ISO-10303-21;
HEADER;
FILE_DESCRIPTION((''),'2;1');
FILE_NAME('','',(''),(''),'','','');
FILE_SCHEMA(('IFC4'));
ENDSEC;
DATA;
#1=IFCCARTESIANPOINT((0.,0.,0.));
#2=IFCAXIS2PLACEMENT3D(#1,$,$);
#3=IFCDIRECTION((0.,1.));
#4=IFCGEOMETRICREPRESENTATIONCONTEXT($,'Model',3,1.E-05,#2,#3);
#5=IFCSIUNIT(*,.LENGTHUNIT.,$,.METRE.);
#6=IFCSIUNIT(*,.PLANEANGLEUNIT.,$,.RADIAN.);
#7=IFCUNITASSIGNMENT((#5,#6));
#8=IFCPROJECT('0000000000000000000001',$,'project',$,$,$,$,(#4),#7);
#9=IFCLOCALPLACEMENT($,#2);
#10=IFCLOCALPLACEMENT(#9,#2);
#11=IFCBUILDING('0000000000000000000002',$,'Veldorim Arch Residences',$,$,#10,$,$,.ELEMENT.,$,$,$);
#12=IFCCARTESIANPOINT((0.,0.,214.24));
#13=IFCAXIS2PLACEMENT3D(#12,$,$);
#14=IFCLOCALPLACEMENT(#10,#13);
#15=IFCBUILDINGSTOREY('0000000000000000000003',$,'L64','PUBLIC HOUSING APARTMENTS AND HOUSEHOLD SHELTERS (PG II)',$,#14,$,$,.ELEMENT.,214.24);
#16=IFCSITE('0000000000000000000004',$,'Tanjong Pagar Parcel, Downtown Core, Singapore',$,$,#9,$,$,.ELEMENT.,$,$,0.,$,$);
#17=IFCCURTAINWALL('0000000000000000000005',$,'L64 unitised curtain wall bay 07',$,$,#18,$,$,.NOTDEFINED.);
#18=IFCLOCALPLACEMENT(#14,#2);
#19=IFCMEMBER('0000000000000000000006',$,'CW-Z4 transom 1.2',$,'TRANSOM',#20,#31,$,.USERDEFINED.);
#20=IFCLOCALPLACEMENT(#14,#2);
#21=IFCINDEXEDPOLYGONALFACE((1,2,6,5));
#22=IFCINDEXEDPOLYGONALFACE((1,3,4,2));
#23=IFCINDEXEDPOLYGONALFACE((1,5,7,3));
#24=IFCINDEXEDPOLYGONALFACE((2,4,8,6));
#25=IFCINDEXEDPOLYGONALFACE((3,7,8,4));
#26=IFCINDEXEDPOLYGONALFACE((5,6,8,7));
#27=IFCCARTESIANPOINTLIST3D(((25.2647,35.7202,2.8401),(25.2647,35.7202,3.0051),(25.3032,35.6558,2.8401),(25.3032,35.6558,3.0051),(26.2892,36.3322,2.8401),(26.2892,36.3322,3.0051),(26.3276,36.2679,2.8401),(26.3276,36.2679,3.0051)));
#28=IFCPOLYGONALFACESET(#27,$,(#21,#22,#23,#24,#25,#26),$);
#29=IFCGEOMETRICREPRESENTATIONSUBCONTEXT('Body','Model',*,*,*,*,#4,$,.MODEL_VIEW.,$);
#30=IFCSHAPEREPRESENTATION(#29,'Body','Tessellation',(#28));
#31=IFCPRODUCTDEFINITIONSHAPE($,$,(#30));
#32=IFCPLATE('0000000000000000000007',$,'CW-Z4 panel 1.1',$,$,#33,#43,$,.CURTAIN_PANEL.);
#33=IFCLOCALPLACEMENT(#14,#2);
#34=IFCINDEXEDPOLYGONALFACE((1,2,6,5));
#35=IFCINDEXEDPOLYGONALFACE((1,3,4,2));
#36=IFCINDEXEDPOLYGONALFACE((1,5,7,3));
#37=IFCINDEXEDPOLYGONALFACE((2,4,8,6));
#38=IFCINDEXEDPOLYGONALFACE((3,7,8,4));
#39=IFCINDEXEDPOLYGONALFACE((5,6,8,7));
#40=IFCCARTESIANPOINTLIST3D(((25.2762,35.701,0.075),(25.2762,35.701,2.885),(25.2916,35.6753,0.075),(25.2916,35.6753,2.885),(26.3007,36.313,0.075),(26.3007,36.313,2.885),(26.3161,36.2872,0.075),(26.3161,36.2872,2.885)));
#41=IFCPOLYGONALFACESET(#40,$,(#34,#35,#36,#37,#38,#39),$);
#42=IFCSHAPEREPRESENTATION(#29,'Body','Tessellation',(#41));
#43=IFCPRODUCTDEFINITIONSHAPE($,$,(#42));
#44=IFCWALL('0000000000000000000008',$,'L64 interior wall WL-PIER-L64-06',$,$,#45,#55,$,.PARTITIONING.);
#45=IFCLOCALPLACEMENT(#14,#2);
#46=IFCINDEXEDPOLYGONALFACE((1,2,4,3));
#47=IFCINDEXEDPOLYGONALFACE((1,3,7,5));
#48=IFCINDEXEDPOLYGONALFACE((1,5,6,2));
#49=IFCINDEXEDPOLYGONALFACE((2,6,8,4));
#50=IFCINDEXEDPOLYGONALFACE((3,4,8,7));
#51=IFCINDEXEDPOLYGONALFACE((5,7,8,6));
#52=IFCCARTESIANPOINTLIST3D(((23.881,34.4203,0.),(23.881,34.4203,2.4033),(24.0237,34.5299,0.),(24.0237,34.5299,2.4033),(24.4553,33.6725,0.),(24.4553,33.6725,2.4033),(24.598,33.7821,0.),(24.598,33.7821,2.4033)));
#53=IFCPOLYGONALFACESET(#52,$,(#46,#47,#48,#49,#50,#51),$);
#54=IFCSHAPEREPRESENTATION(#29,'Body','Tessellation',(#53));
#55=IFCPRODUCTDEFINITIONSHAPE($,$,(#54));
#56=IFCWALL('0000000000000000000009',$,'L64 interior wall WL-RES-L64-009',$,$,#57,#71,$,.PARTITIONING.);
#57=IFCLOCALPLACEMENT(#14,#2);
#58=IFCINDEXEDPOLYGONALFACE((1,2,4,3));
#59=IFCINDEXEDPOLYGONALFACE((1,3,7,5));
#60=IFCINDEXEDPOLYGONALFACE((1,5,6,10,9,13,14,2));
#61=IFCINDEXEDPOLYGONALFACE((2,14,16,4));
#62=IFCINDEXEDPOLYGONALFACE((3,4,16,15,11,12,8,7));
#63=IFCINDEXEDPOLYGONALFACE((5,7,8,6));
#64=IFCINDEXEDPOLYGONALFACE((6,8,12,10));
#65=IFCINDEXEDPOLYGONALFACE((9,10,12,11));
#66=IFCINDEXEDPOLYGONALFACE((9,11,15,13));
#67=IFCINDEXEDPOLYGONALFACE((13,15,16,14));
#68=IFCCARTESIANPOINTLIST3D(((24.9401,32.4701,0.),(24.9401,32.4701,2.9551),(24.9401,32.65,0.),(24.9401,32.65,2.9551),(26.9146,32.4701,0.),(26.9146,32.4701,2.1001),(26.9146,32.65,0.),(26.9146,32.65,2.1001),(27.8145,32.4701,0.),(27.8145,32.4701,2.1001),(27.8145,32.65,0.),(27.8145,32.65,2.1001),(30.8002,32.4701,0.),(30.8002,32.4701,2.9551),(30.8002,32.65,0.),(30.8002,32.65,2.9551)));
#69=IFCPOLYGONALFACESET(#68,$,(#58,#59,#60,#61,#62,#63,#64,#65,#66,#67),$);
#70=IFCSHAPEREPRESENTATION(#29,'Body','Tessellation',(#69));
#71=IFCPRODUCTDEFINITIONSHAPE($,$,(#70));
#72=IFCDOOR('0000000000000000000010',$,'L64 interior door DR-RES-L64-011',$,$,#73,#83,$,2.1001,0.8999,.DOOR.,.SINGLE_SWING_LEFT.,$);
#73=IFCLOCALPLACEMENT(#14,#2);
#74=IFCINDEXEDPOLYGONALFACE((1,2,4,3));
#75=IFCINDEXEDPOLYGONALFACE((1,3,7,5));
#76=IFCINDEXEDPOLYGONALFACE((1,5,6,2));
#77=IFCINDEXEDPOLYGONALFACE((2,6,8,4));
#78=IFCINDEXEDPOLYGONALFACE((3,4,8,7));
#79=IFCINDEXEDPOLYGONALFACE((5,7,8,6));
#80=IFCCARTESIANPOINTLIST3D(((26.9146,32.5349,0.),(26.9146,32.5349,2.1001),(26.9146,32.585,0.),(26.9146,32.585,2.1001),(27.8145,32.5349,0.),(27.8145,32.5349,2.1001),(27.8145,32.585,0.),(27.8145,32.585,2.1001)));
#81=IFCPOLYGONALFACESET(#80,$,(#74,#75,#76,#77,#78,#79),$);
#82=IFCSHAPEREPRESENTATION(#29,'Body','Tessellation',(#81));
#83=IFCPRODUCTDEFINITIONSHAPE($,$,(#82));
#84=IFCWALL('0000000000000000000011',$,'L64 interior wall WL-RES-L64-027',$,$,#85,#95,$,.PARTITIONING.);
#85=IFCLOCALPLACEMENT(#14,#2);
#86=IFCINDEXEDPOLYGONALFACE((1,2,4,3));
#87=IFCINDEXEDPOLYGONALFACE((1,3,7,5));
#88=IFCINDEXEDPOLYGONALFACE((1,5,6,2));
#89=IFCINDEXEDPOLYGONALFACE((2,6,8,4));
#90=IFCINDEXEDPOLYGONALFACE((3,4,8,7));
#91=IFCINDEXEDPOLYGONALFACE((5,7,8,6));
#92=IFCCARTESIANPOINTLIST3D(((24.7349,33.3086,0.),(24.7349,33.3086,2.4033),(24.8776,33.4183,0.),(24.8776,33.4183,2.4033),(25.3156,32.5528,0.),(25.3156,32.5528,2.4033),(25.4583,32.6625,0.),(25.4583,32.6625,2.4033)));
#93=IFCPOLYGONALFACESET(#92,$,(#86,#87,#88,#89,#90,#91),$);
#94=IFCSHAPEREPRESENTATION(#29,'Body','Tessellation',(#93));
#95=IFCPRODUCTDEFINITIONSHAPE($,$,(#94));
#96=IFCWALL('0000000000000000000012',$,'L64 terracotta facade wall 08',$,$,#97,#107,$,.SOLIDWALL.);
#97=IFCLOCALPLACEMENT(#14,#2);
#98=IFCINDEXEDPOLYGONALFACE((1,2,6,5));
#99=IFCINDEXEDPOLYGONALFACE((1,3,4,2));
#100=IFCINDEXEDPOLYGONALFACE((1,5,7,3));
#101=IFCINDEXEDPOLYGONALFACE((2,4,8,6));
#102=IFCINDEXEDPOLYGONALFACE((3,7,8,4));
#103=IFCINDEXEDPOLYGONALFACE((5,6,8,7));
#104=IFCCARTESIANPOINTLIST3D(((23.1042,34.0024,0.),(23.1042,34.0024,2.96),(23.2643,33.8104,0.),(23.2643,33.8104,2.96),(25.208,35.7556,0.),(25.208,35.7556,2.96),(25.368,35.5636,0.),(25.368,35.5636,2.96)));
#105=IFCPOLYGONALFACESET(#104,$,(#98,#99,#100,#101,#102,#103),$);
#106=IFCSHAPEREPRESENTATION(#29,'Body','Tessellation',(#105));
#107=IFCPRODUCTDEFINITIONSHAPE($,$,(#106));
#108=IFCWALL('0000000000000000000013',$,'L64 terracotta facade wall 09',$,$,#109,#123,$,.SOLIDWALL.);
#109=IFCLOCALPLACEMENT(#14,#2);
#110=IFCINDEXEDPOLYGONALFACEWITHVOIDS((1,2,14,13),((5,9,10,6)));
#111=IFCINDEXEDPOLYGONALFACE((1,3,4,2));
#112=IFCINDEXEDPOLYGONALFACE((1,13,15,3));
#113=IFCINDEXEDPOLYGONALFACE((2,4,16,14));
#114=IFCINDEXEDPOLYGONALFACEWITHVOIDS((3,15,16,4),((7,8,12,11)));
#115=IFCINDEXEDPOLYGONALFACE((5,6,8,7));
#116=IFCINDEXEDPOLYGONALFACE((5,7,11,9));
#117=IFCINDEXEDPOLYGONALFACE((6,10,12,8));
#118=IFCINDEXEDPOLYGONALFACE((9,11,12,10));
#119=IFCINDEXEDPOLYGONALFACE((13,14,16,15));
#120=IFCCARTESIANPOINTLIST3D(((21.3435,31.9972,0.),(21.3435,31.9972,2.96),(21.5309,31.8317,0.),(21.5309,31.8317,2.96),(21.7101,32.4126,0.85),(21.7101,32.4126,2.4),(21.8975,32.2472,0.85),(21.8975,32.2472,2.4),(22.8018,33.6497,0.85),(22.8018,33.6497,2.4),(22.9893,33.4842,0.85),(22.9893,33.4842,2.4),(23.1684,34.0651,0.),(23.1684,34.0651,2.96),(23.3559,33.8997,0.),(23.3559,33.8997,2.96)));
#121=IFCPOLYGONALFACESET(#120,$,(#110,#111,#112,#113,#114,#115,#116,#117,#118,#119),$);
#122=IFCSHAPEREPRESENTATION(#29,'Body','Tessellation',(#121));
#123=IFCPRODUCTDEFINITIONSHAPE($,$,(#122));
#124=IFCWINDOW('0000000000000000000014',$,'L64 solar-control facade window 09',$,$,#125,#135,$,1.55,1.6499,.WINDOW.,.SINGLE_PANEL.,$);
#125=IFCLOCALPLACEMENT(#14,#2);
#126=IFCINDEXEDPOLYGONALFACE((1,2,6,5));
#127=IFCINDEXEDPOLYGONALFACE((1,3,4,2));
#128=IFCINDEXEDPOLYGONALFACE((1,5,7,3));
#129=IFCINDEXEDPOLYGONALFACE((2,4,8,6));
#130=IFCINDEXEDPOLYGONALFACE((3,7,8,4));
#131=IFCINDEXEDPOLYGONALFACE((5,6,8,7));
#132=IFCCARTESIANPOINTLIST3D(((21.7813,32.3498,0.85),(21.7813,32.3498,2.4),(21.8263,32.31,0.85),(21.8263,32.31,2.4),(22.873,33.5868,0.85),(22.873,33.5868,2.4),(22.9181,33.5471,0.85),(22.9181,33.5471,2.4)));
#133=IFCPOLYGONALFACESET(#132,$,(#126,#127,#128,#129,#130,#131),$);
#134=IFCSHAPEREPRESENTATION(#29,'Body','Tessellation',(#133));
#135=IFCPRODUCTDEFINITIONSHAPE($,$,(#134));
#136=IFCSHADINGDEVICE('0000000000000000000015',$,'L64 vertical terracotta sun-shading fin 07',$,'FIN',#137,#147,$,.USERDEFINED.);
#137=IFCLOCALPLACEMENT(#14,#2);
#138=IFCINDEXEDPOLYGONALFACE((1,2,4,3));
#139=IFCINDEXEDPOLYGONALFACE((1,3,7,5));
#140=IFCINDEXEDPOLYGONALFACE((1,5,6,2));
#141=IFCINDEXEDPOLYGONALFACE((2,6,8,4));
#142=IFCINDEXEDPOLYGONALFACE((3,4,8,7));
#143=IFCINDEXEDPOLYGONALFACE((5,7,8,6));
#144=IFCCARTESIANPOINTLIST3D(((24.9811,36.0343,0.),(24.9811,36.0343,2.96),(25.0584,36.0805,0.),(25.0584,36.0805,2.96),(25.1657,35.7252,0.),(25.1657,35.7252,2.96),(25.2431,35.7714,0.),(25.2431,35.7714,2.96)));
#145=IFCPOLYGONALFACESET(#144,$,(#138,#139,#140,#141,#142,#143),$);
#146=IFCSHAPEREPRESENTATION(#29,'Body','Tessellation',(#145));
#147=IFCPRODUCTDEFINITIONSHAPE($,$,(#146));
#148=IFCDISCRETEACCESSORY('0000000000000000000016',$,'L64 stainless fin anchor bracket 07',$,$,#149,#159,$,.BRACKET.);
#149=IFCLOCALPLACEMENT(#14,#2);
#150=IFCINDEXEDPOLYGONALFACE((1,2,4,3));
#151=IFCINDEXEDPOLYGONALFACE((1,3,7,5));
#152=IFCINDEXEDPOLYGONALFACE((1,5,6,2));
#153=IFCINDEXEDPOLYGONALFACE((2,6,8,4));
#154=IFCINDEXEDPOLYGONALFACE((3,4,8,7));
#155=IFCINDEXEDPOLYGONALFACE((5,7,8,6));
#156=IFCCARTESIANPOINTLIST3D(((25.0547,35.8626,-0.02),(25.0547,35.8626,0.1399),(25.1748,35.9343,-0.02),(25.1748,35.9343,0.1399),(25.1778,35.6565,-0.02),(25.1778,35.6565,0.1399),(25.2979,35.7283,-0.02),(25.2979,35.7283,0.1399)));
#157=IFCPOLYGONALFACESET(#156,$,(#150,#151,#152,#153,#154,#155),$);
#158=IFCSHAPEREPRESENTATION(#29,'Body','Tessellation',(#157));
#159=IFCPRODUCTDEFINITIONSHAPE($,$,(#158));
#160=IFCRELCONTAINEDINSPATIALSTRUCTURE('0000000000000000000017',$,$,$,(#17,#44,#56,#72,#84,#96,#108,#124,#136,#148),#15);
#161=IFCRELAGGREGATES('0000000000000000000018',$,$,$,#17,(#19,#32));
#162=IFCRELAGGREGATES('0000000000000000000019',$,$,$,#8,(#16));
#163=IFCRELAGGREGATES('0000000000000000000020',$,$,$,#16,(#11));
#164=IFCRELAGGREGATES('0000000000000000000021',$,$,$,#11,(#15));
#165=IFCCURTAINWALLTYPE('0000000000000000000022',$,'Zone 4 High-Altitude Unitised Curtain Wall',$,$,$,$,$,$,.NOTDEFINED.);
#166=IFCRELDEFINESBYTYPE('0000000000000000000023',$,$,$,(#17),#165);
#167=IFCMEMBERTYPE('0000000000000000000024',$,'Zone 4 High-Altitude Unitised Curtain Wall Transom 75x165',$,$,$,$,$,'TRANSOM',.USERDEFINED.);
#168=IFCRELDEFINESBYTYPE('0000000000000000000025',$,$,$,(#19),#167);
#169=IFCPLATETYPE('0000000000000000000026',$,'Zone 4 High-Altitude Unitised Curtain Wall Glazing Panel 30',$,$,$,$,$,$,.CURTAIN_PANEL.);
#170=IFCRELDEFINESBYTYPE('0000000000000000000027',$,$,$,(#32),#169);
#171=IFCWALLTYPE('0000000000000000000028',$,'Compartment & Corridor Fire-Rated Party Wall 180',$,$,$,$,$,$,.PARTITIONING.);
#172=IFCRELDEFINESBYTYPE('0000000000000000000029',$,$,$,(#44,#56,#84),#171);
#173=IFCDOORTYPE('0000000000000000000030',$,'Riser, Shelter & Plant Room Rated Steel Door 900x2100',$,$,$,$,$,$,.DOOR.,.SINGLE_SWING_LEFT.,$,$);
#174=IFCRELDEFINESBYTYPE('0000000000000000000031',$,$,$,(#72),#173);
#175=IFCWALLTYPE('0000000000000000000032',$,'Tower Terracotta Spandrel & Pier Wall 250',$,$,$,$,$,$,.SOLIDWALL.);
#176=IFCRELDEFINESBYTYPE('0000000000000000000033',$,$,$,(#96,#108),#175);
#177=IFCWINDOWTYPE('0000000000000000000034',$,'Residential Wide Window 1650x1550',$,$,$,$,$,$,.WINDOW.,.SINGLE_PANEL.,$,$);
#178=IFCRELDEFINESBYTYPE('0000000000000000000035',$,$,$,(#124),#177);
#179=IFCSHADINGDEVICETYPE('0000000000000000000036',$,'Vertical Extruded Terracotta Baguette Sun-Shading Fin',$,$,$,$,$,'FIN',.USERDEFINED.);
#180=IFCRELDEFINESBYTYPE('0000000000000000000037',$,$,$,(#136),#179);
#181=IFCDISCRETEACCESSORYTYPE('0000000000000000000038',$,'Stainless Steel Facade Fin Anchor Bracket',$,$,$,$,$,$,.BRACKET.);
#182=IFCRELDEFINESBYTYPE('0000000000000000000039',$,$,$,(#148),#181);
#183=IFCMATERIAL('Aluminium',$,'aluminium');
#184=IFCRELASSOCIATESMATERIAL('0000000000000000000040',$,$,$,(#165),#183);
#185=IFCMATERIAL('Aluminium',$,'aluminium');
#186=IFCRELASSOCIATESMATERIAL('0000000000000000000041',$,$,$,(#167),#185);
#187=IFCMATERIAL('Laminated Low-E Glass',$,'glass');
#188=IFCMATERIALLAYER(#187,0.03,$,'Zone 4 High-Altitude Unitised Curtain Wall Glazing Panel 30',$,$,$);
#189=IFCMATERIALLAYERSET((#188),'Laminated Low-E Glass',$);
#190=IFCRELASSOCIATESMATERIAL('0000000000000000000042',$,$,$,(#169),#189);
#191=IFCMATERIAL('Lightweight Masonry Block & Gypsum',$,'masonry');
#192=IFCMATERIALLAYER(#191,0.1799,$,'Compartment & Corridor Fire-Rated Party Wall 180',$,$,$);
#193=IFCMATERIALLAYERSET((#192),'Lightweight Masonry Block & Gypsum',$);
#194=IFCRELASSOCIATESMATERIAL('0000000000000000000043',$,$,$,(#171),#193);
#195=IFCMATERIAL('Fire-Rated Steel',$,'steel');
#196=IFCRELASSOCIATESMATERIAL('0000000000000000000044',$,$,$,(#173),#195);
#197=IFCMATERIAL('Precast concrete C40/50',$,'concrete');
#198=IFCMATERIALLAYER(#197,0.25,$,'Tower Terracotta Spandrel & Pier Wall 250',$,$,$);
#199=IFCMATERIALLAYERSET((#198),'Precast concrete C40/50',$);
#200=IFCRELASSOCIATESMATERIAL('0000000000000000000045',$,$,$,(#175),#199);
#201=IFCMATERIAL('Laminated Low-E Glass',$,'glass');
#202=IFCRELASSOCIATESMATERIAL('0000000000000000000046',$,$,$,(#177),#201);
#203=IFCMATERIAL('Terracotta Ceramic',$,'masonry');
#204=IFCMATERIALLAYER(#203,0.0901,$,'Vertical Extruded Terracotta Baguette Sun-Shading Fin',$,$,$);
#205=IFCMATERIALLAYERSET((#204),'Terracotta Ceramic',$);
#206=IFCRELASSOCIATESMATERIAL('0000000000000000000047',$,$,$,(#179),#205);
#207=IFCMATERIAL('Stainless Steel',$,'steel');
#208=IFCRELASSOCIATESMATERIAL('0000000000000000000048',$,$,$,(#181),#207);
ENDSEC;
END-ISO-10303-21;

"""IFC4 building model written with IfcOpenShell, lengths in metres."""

from ifc_helpers import new_model, si_unit, direction, frame, frame_2d, origin, origin_2d, place, context, subcontext, project, spatial, rectangle, extrude, material, layer, layer_set, material_profile, profile_set, type_object, element, fill, aggregate, save


model = new_model("IFC4")

# Units and contexts
model_context = context("Model", 3, precision=1e-05, world=origin(), true_north=direction((0.0, 1.0)))
body_context = subcontext(model_context, "Body", "Model", "MODEL_VIEW")
ifc_project = project(units=[si_unit("LENGTHUNIT", "METRE"), si_unit("PLANEANGLEUNIT", "RADIAN")], contexts=[model_context])

# Site, building, storey
site_placement = place(None, origin())
site = spatial("IfcSite", under=ifc_project, at=site_placement, Name="Tanjong Pagar Parcel, Downtown Core, Singapore", CompositionType="ELEMENT", RefElevation=0.0)
building_placement = place(site_placement, origin())
building = spatial("IfcBuilding", under=site, at=building_placement, Name="Veldorim Arch Residences", CompositionType="ELEMENT")
storey_placement = place(building_placement, frame((0.0, 0.0, 214.24)))
storey = spatial("IfcBuildingStorey", under=building, at=storey_placement, Name="L64", Description="PUBLIC HOUSING APARTMENTS AND HOUSEHOLD SHELTERS (PG II)", CompositionType="ELEMENT", Elevation=214.24)

# Curtain wall, member, plate
ifc_material_1 = material(Name="Aluminium", Category="aluminium")
curtain_wall_type = type_object("IfcCurtainWallType", Name="Zone 4 High-Altitude Unitised Curtain Wall", PredefinedType="NOTDEFINED", material=ifc_material_1)
curtain_wall_placement = place(storey_placement, origin())
curtain_wall = element("IfcCurtainWall", 1, at=curtain_wall_placement, inside=storey, type_object=curtain_wall_type, Name="L64 unitised curtain wall bay 07", PredefinedType="NOTDEFINED")
ifc_material_2 = material(Name="Aluminium", Category="aluminium")
ifc_material_profile_1 = material_profile(ifc_material_2, rectangle(XDim=0.075, YDim=0.165, at=origin_2d()), Name="ALU_TRN_75x165")
ifc_profile_set_1 = profile_set([ifc_material_profile_1], Name="Aluminium")
member_type_1 = type_object("IfcMemberType", Name="Zone 4 High-Altitude Unitised Curtain Wall Transom 75x165", ElementType="TRANSOM", PredefinedType="USERDEFINED", material=ifc_profile_set_1)
member_1_placement = place(storey_placement, frame((25.2839, 35.688, 2.9226), z_axis=(0.858448, 0.5129, 0.0), x_axis=(-0.5129, 0.858448, 0.0)))
member_1 = element("IfcMember", 2, at=member_1_placement, type_object=member_type_1, Name="CW-Z4 transom 1.2", ObjectType="TRANSOM", PredefinedType="USERDEFINED", context=body_context, shape_type="SweptSolid", body=[
    extrude(rectangle(XDim=0.075, YDim=0.165, at=origin_2d()), origin(), (0.0, 0.0, 1.0), 1.1934),
])
ifc_material_3 = material(Name="Laminated Low-E Glass", Category="glass")
ifc_layer_1 = layer(ifc_material_3, 0.03, Name="Zone 4 High-Altitude Unitised Curtain Wall Glazing Panel 30")
ifc_layer_set_1 = layer_set([ifc_layer_1], Name="Laminated Low-E Glass")
plate_type = type_object("IfcPlateType", Name="Zone 4 High-Altitude Unitised Curtain Wall Glazing Panel 30", PredefinedType="CURTAIN_PANEL", material=ifc_layer_set_1)
plate_placement = place(storey_placement, frame((25.7961, 35.9941, 0.075), z_axis=(0.0, 0.0, 1.0), x_axis=(0.858498, 0.512817, 0.0)))
plate = element("IfcPlate", 3, at=plate_placement, type_object=plate_type, Name="CW-Z4 panel 1.1", PredefinedType="CURTAIN_PANEL", context=body_context, shape_type="SweptSolid", body=[
    extrude(rectangle(XDim=1.1934, YDim=0.03, at=origin_2d()), origin(), (0.0, 0.0, 1.0), 2.8101),
])
aggregate(curtain_wall, [member_1, plate])

# Wall
ifc_material_4 = material(Name="Lightweight Masonry Block & Gypsum", Category="masonry")
ifc_layer_2 = layer(ifc_material_4, 0.1799, Name="Compartment & Corridor Fire-Rated Party Wall 180")
ifc_layer_set_2 = layer_set([ifc_layer_2], Name="Lightweight Masonry Block & Gypsum")
wall_type_1 = type_object("IfcWallType", Name="Compartment & Corridor Fire-Rated Party Wall 180", PredefinedType="PARTITIONING", material=ifc_layer_set_2)
wall_1_placement = place(storey_placement, frame((24.5266, 33.7273, 0.0), z_axis=(0.0, 0.0, 1.0), x_axis=(-0.609035, 0.793144, 0.0)))
element("IfcWall", 4, at=wall_1_placement, inside=storey, type_object=wall_type_1, Name="L64 interior wall WL-PIER-L64-06", PredefinedType="PARTITIONING", context=body_context, shape_type="SweptSolid", body=[
    extrude(rectangle(XDim=0.9429, YDim=0.1799, at=frame_2d((0.4714, 0.0))), origin(), (0.0, 0.0, 1.0), 2.4033),
])

# Wall, opening, door
wall_2_placement = place(storey_placement, frame((24.9399, 32.5601, 0.0), z_axis=(0.0, 0.0, 1.0), x_axis=(1.0, 0.0, 0.0)))
wall_2 = element("IfcWall", 5, at=wall_2_placement, inside=storey, type_object=wall_type_1, Name="L64 interior wall WL-RES-L64-009", PredefinedType="PARTITIONING", context=body_context, shape_type="SweptSolid", body=[
    extrude(rectangle(XDim=5.8601, YDim=0.1799, at=frame_2d((2.9302, 0.0))), origin(), (0.0, 0.0, 1.0), 2.9551),
])
opening_1_placement = place(wall_2_placement, frame((1.9746, 0.0, 0.0)))
opening_1 = element("IfcOpeningElement", 6, at=opening_1_placement, cuts=wall_2, PredefinedType="OPENING", context=body_context, shape_type="SweptSolid", body=[
    extrude(rectangle(XDim=0.8999, YDim=2.1001, at=frame_2d((0.45, 1.05))), frame((0.0, 0.0999, 0.0), z_axis=(0.0, -1.0, 0.0), x_axis=(1.0, 0.0, 0.0)), (0.0, 0.0, 1.0), 0.2),
])
ifc_material_5 = material(Name="Fire-Rated Steel", Category="steel")
door_type_1 = type_object("IfcDoorType", Name="Riser, Shelter & Plant Room Rated Steel Door 900x2100", OperationType="SINGLE_SWING_LEFT", PredefinedType="DOOR", material=ifc_material_5)
door_1_placement = place(opening_1_placement, origin())
door_1 = element("IfcDoor", 7, at=door_1_placement, inside=storey, type_object=door_type_1, Name="L64 interior door DR-RES-L64-011", OperationType="SINGLE_SWING_LEFT", OverallHeight=2.1001, OverallWidth=0.8999, PredefinedType="DOOR", context=body_context, shape_type="SweptSolid", body=[
    extrude(rectangle(XDim=0.8999, YDim=2.1001, at=frame_2d((0.45, 1.05))), frame((0.0, 0.0249, 0.0), z_axis=(0.0, -1.0, 0.0), x_axis=(1.0, 0.0, 0.0)), (0.0, 0.0, 1.0), 0.05),
])
fill(opening_1, door_1)

# Walls
wall_3_placement = place(storey_placement, frame((25.387, 32.6077, 0.0), z_axis=(0.0, 0.0, 1.0), x_axis=(-0.609302, 0.792938, 0.0)))
element("IfcWall", 8, at=wall_3_placement, inside=storey, type_object=wall_type_1, Name="L64 interior wall WL-RES-L64-027", PredefinedType="PARTITIONING", context=body_context, shape_type="SweptSolid", body=[
    extrude(rectangle(XDim=0.9531, YDim=0.1799, at=frame_2d((0.4766, 0.0))), origin(), (0.0, 0.0, 1.0), 2.4033),
])
ifc_material_6 = material(Name="Precast concrete C40/50", Category="concrete")
ifc_layer_3 = layer(ifc_material_6, 0.25, Name="Tower Terracotta Spandrel & Pier Wall 250")
ifc_layer_set_3 = layer_set([ifc_layer_3], Name="Precast concrete C40/50")
wall_type_2 = type_object("IfcWallType", Name="Tower Terracotta Spandrel & Pier Wall 250", PredefinedType="SOLIDWALL", material=ifc_layer_set_3)
wall_4_placement = place(storey_placement, frame((23.1843, 33.9065, 0.0), z_axis=(0.0, 0.0, 1.0), x_axis=(0.768214, 0.640193, 0.0)))
element("IfcWall", 9, at=wall_4_placement, inside=storey, type_object=wall_type_2, Name="L64 terracotta facade wall 08", PredefinedType="SOLIDWALL", context=body_context, shape_type="SweptSolid", body=[
    extrude(rectangle(XDim=2.7385, YDim=0.25, at=frame_2d((1.3691, 0.0))), origin(), (0.0, 0.0, 1.0), 2.96),
])

# Wall, opening, window
wall_5_placement = place(storey_placement, frame((21.4373, 31.9146, 0.0), z_axis=(0.0, 0.0, 1.0), x_axis=(0.661695, 0.749773, 0.0)))
wall_5 = element("IfcWall", 10, at=wall_5_placement, inside=storey, type_object=wall_type_2, Name="L64 terracotta facade wall 09", PredefinedType="SOLIDWALL", context=body_context, shape_type="SweptSolid", body=[
    extrude(rectangle(XDim=2.7581, YDim=0.25, at=frame_2d((1.3789, 0.0))), origin(), (0.0, 0.0, 1.0), 2.96),
])
opening_2_placement = place(wall_5_placement, frame((0.554, 0.0, 0.8501)))
opening_2 = element("IfcOpeningElement", 11, at=opening_2_placement, cuts=wall_5, PredefinedType="OPENING", context=body_context, shape_type="SweptSolid", body=[
    extrude(rectangle(XDim=1.6499, YDim=1.55, at=frame_2d((0.825, 0.7749))), frame((0.0, 0.135, 0.0), z_axis=(0.0, -1.0, 0.0), x_axis=(1.0, 0.0, 0.0)), (0.0, 0.0, 1.0), 0.27),
])
ifc_material_7 = material(Name="Laminated Low-E Glass", Category="glass")
window_type = type_object("IfcWindowType", Name="Residential Wide Window 1650x1550", PartitioningType="SINGLE_PANEL", PredefinedType="WINDOW", material=ifc_material_7)
window_placement = place(opening_2_placement, origin())
window = element("IfcWindow", 12, at=window_placement, inside=storey, type_object=window_type, Name="L64 solar-control facade window 09", OverallHeight=1.55, OverallWidth=1.6499, PartitioningType="SINGLE_PANEL", PredefinedType="WINDOW", context=body_context, shape_type="SweptSolid", body=[
    extrude(rectangle(XDim=1.6499, YDim=1.55, at=frame_2d((0.825, 0.7749))), frame((0.0, 0.03, 0.0), z_axis=(0.0, -1.0, 0.0), x_axis=(1.0, 0.0, 0.0)), (0.0, 0.0, 1.0), 0.0601),
])
fill(opening_2, window)

# Shading device
ifc_material_8 = material(Name="Terracotta Ceramic", Category="masonry")
ifc_layer_4 = layer(ifc_material_8, 0.0901, Name="Vertical Extruded Terracotta Baguette Sun-Shading Fin")
ifc_layer_set_4 = layer_set([ifc_layer_4], Name="Terracotta Ceramic")
shading_device_type = type_object("IfcShadingDeviceType", Name="Vertical Extruded Terracotta Baguette Sun-Shading Fin", ElementType="FIN", PredefinedType="USERDEFINED", material=ifc_layer_set_4)
shading_device_placement = place(storey_placement, frame((25.1121, 35.9028, 0.0), z_axis=(0.0, 0.0, 1.0), x_axis=(0.858513, 0.512792, 0.0)))
element("IfcShadingDevice", 13, at=shading_device_placement, inside=storey, type_object=shading_device_type, Name="L64 vertical terracotta sun-shading fin 07", ObjectType="FIN", PredefinedType="USERDEFINED", context=body_context, shape_type="SweptSolid", body=[
    extrude(rectangle(XDim=0.0901, YDim=0.3601, at=origin_2d()), origin(), (0.0, 0.0, 1.0), 2.96),
])

# Discrete accessory
ifc_material_9 = material(Name="Stainless Steel", Category="steel")
discrete_accessory_type = type_object("IfcDiscreteAccessoryType", Name="Stainless Steel Facade Fin Anchor Bracket", PredefinedType="BRACKET", material=ifc_material_9)
discrete_accessory_placement = place(storey_placement, frame((25.1763, 35.7954, -0.02), z_axis=(0.0, 0.0, 1.0), x_axis=(0.858513, 0.512792, 0.0)))
element("IfcDiscreteAccessory", 14, at=discrete_accessory_placement, inside=storey, type_object=discrete_accessory_type, Name="L64 stainless fin anchor bracket 07", PredefinedType="BRACKET", context=body_context, shape_type="SweptSolid", body=[
    extrude(rectangle(XDim=0.1399, YDim=0.24, at=origin_2d()), origin(), (0.0, 0.0, 1.0), 0.1599),
])

save(model, "model.ifc")
